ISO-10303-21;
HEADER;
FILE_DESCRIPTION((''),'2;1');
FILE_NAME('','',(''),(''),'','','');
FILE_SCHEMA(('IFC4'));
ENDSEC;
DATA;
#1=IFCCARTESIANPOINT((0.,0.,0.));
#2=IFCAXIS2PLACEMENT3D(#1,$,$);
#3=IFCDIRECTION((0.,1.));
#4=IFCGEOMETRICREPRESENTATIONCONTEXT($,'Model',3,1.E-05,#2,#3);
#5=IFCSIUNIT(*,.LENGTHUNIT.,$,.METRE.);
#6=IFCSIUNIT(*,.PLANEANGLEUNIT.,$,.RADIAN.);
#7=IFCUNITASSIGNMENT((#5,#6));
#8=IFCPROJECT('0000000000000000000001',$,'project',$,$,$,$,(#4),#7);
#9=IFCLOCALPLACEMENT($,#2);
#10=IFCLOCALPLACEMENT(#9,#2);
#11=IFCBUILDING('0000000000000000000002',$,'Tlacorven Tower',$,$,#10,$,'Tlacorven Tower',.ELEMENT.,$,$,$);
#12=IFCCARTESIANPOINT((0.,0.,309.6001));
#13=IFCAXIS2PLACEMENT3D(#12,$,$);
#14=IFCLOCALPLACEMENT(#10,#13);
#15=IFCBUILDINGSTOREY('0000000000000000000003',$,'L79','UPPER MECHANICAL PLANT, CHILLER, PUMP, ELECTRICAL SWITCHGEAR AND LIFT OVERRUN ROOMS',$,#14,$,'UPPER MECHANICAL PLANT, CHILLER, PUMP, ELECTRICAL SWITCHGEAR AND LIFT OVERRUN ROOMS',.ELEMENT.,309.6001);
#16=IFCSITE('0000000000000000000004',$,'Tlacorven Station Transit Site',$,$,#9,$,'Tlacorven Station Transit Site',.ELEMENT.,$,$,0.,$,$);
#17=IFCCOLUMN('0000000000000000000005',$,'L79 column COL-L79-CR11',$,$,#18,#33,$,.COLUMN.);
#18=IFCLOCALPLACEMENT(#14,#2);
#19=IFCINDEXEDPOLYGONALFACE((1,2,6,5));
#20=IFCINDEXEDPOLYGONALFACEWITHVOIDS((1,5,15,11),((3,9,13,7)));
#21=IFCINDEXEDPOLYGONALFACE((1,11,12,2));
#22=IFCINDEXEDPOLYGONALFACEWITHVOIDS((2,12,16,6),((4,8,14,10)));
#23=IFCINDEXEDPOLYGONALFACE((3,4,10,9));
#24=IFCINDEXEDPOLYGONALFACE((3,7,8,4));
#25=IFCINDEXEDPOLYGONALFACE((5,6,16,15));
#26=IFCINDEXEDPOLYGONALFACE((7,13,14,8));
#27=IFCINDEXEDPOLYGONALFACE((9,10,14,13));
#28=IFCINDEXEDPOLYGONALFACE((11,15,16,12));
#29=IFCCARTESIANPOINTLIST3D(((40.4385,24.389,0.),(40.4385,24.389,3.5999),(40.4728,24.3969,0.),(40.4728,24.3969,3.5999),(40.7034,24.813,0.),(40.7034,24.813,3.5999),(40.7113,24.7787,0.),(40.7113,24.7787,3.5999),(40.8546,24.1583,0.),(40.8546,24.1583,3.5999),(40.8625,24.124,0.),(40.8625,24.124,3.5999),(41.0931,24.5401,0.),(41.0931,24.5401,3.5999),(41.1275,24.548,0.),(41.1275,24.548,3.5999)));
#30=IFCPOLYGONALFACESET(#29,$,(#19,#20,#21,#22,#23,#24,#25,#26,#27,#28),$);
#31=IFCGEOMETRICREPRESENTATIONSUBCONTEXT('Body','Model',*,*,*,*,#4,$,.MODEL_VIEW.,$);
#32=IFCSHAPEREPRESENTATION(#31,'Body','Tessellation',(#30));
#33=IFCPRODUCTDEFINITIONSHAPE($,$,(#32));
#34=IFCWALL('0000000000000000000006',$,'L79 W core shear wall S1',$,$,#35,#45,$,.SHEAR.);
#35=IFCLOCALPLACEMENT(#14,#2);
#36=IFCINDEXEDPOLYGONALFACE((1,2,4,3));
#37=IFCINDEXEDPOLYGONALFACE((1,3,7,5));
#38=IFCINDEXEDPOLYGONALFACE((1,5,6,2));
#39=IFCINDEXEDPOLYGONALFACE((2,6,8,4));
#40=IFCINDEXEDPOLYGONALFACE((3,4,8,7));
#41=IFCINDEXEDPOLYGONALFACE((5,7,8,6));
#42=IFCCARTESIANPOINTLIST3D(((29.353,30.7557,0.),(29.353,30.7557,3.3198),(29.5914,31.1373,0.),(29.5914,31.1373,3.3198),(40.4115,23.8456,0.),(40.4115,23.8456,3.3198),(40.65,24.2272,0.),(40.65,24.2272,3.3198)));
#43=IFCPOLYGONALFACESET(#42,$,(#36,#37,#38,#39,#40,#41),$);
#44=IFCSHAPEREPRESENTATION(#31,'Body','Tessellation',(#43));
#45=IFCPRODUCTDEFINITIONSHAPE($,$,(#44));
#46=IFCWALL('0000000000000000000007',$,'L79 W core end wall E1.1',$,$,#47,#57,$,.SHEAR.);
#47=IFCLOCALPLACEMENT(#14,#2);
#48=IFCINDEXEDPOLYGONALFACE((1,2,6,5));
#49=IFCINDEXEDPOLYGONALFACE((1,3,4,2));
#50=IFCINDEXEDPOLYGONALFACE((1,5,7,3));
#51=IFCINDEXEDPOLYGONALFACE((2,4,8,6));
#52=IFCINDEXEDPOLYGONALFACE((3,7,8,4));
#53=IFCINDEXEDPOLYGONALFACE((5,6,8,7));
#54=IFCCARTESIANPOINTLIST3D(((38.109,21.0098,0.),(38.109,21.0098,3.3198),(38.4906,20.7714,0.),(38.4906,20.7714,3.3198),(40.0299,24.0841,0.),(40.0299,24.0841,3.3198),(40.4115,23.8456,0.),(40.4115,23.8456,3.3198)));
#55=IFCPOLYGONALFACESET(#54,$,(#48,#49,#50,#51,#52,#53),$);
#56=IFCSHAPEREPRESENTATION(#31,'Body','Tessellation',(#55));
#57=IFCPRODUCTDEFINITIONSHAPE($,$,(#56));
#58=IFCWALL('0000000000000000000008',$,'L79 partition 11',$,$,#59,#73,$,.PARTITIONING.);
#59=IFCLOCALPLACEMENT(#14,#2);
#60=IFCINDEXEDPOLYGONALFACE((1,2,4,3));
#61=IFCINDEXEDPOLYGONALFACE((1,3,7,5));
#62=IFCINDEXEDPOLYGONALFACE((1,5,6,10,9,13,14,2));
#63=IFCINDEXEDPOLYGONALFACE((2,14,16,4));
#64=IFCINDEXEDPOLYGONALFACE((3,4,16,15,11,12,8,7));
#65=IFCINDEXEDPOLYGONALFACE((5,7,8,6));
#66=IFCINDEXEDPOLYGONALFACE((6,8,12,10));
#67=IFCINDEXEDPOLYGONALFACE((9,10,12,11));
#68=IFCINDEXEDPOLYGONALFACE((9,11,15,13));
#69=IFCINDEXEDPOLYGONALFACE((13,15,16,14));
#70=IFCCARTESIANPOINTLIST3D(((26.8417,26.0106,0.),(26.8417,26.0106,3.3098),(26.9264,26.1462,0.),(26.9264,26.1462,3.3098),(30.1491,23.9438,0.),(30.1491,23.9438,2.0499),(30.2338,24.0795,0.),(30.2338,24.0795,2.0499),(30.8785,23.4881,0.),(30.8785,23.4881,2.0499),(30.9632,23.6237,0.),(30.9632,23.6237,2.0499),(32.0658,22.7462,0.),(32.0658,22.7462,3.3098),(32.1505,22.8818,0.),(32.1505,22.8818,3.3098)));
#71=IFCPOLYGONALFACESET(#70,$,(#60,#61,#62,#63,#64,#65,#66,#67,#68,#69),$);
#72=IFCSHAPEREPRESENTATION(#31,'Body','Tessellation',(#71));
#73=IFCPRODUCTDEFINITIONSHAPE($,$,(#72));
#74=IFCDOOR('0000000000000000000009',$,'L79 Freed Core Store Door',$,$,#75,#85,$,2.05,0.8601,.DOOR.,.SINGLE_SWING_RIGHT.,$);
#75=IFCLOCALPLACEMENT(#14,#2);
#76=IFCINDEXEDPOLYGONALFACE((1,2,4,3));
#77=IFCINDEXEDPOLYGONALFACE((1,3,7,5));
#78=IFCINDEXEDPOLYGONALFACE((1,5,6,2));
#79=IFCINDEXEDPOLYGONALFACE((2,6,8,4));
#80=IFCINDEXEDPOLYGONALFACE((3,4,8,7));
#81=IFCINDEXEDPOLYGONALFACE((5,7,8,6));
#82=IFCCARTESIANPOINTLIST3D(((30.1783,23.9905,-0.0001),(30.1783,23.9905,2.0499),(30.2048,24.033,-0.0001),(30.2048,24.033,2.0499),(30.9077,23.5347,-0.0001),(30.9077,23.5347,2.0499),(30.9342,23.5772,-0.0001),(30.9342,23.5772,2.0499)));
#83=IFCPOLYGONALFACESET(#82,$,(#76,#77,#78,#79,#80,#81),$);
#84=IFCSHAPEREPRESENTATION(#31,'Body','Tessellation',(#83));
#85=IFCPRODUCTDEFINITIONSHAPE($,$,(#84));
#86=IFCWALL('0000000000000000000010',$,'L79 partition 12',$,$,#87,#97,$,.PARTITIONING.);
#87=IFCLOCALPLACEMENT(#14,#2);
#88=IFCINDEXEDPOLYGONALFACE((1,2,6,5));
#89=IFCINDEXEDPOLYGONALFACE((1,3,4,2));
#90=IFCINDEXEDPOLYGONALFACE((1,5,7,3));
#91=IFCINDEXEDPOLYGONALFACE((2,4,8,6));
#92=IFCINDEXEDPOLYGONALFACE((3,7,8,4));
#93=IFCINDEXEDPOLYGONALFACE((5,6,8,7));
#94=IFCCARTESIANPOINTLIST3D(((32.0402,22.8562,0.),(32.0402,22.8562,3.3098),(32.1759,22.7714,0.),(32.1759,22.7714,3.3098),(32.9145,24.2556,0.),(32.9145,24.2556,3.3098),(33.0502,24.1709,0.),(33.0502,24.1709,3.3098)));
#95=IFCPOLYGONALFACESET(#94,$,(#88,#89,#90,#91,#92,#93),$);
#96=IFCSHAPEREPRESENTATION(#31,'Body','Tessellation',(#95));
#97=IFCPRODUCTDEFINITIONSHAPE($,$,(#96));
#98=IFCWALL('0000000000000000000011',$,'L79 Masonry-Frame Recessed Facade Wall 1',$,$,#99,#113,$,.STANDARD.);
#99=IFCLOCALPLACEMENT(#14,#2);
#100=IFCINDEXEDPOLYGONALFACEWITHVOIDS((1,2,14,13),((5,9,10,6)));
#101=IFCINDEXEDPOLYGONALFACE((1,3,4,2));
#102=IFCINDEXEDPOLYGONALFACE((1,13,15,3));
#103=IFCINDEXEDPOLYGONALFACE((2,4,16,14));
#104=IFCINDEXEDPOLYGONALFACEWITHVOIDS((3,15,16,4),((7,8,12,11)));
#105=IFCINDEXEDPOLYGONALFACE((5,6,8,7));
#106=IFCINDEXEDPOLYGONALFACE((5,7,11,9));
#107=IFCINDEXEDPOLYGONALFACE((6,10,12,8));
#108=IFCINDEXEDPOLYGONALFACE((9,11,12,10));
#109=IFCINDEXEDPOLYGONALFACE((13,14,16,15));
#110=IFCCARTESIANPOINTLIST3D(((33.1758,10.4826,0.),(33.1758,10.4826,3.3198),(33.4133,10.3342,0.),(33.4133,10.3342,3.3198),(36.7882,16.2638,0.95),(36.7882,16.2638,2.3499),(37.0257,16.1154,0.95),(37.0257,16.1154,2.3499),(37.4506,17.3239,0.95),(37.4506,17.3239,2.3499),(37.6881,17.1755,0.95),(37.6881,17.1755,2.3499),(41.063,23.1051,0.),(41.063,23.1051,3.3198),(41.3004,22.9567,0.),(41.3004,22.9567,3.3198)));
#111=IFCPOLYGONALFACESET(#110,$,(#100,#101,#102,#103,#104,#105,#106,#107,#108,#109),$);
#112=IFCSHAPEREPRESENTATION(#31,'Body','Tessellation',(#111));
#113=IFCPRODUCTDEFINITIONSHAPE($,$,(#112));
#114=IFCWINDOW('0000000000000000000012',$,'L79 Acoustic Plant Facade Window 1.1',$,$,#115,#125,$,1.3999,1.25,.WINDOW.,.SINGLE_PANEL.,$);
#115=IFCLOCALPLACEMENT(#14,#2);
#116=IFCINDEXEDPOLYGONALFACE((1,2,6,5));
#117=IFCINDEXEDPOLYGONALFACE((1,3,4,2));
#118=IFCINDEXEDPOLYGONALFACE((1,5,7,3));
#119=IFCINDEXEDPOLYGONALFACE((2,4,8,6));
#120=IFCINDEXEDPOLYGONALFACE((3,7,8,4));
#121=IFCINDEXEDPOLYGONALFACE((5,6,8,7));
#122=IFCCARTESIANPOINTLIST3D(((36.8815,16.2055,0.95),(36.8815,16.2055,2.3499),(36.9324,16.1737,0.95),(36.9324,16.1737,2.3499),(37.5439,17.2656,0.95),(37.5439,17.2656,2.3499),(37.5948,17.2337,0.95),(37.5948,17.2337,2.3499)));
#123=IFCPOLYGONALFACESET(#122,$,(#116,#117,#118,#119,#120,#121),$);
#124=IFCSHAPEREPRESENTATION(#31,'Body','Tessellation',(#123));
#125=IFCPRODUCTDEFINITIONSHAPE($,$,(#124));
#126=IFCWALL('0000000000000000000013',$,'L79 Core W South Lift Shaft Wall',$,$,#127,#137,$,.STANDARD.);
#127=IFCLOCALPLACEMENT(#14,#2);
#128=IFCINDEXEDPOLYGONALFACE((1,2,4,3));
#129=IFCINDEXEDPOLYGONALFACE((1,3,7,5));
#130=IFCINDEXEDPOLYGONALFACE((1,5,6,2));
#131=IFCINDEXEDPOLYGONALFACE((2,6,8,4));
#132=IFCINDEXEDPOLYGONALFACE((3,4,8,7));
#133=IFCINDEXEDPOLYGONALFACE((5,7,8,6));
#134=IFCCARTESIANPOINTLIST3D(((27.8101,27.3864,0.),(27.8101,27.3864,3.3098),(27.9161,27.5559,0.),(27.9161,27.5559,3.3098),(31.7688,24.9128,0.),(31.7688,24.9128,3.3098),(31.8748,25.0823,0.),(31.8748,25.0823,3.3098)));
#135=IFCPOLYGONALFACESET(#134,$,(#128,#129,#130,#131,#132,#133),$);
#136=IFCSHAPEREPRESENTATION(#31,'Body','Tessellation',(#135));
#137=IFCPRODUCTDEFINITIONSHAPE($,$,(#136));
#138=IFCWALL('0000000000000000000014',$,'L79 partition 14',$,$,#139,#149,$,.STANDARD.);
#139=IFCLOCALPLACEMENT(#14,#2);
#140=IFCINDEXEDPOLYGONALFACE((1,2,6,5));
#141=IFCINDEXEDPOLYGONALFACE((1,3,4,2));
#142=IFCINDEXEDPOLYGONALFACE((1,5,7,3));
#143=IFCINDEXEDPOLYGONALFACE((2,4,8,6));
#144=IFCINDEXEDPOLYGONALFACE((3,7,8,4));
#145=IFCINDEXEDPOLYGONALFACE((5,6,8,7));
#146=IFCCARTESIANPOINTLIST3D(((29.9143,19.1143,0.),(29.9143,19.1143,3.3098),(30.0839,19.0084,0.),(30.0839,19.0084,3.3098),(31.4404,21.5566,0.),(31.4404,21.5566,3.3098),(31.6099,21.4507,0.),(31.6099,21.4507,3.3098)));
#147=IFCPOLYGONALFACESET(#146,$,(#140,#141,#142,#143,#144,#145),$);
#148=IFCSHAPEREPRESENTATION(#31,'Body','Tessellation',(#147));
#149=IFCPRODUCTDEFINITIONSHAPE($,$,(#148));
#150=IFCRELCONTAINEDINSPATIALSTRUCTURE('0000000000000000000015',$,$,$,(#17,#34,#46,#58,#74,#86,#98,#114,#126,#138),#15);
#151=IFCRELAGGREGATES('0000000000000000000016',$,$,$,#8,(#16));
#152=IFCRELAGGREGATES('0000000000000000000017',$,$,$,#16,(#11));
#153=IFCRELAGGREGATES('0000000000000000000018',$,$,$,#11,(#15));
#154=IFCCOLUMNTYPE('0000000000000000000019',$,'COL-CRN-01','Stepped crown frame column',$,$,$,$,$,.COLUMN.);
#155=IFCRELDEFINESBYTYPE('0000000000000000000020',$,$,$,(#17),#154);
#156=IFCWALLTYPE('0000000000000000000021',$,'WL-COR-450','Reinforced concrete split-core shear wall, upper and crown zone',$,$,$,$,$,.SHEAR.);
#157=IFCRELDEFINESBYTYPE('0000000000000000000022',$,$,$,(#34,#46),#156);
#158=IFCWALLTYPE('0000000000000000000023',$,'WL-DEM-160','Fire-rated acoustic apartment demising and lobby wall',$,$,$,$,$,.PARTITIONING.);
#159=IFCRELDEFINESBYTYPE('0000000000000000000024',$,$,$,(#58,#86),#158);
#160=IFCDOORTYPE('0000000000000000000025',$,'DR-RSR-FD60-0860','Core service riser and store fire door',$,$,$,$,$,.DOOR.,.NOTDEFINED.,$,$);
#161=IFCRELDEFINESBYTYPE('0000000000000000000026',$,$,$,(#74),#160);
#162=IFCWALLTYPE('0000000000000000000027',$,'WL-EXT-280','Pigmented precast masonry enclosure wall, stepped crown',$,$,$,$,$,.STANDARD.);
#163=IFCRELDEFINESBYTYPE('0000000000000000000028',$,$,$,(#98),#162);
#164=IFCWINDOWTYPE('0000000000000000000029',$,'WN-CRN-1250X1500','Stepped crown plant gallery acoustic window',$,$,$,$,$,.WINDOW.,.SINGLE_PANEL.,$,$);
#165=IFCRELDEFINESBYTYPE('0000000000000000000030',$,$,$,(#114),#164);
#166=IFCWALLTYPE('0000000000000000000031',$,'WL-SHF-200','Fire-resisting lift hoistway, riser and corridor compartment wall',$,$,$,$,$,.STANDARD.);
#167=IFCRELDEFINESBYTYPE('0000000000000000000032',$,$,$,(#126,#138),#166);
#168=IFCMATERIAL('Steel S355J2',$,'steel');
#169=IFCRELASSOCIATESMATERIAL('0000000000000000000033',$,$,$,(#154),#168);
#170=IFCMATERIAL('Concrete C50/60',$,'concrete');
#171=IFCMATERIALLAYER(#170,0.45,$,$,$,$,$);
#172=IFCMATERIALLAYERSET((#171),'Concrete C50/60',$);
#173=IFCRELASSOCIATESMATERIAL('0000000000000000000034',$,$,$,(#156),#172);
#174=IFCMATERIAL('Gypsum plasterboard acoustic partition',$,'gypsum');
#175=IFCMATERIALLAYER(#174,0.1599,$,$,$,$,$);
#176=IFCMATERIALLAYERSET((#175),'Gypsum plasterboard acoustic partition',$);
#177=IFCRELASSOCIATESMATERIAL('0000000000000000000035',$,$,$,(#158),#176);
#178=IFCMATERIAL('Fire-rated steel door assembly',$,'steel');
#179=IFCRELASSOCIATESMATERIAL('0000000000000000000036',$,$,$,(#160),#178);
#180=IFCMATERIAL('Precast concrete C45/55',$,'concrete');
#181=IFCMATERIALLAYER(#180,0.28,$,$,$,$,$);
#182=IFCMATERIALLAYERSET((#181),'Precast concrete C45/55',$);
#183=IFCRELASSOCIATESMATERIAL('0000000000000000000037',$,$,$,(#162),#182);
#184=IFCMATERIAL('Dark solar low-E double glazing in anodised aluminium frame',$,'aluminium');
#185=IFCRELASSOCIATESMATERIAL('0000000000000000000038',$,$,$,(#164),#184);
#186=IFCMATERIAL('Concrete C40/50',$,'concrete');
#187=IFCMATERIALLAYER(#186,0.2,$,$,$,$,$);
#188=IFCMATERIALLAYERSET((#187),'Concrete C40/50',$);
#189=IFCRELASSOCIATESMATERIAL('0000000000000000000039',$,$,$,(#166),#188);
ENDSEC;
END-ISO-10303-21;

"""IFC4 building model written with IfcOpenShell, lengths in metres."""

from ifc_helpers import new_model, si_unit, direction, frame, frame_2d, origin, origin_2d, place, context, subcontext, project, spatial, rectangle, hollow_rectangle, extrude, source, transform, mapped, material, layer, layer_set, material_profile, profile_set, type_object, element, fill, save


model = new_model("IFC4")

# Units and contexts
model_context = context("Model", 3, precision=1e-05, world=origin(), true_north=direction((0.0, 1.0)))
body_context = subcontext(model_context, "Body", "Model", "MODEL_VIEW")
ifc_project = project(units=[si_unit("LENGTHUNIT", "METRE"), si_unit("PLANEANGLEUNIT", "RADIAN")], contexts=[model_context])

# Site, building, storey
site_placement = place(None, origin())
site = spatial("IfcSite", under=ifc_project, at=site_placement, Name="Tlacorven Station Transit Site", LongName="Tlacorven Station Transit Site", CompositionType="ELEMENT", RefElevation=0.0)
building_placement = place(site_placement, origin())
building = spatial("IfcBuilding", under=site, at=building_placement, Name="Tlacorven Tower", LongName="Tlacorven Tower", CompositionType="ELEMENT")
storey_placement = place(building_placement, frame((0.0, 0.0, 309.6001)))
storey = spatial("IfcBuildingStorey", under=building, at=storey_placement, Name="L79", Description="UPPER MECHANICAL PLANT, CHILLER, PUMP, ELECTRICAL SWITCHGEAR AND LIFT OVERRUN ROOMS", LongName="UPPER MECHANICAL PLANT, CHILLER, PUMP, ELECTRICAL SWITCHGEAR AND LIFT OVERRUN ROOMS", CompositionType="ELEMENT", Elevation=309.6001)

# Column
ifc_material_1 = material(Name="Steel S355J2", Category="steel")
ifc_material_profile = material_profile(ifc_material_1, hollow_rectangle(XDim=0.5, YDim=0.5, WallThickness=0.0249, at=origin_2d()), Name="BOX 500X500X25")
ifc_profile_set = profile_set([ifc_material_profile], Name="Steel S355J2")
column_type = type_object("IfcColumnType", Name="COL-CRN-01", Description="Stepped crown frame column", PredefinedType="COLUMN", material=ifc_profile_set)
shared_shape_1 = source(origin(), body_context, "Body", "SweptSolid", [
    extrude(hollow_rectangle(XDim=0.5, YDim=0.5, WallThickness=0.0249, at=origin_2d()), origin(), (0.0, 0.0, 1.0), 3.5999),
])
column_placement = place(storey_placement, frame((40.783, 24.4685, 0.0), z_axis=(0.0, 0.0, 1.0), x_axis=(-0.848048, 0.529919, 0.0)))
element("IfcColumn", 1, at=column_placement, inside=storey, type_object=column_type, Name="L79 column COL-L79-CR11", PredefinedType="COLUMN", context=body_context, shape_type="MappedRepresentation", body=[
    mapped(shared_shape_1, transform((0.0, 0.0, 0.0), scale=1.0)),
])

# Walls
ifc_material_2 = material(Name="Concrete C50/60", Category="concrete")
ifc_layer_1 = layer(ifc_material_2, 0.45)
ifc_layer_set_1 = layer_set([ifc_layer_1], Name="Concrete C50/60")
wall_type_1 = type_object("IfcWallType", Name="WL-COR-450", Description="Reinforced concrete split-core shear wall, upper and crown zone", PredefinedType="SHEAR", material=ifc_layer_set_1)
wall_1_placement = place(storey_placement, frame((40.5308, 24.0364, 0.0), z_axis=(0.0, 0.0, 1.0), x_axis=(-0.848049, 0.529918, 0.0)))
element("IfcWall", 2, at=wall_1_placement, inside=storey, type_object=wall_type_1, Name="L79 W core shear wall S1", PredefinedType="SHEAR", context=body_context, shape_type="SweptSolid", body=[
    extrude(rectangle(XDim=13.04, YDim=0.45, at=frame_2d((6.52, 0.0))), origin(), (0.0, 0.0, 1.0), 3.3198),
])
wall_2_placement = place(storey_placement, frame((40.2207, 23.9648, 0.0), z_axis=(0.0, 0.0, 1.0), x_axis=(-0.529902, -0.848059, 0.0)))
element("IfcWall", 3, at=wall_2_placement, inside=storey, type_object=wall_type_1, Name="L79 W core end wall E1.1", PredefinedType="SHEAR", context=body_context, shape_type="SweptSolid", body=[
    extrude(rectangle(XDim=3.625, YDim=0.45, at=frame_2d((1.8125, 0.0))), origin(), (0.0, 0.0, 1.0), 3.3198),
])

# Wall, opening, door
ifc_material_3 = material(Name="Gypsum plasterboard acoustic partition", Category="gypsum")
ifc_layer_2 = layer(ifc_material_3, 0.1599)
ifc_layer_set_2 = layer_set([ifc_layer_2], Name="Gypsum plasterboard acoustic partition")
wall_type_2 = type_object("IfcWallType", Name="WL-DEM-160", Description="Fire-rated acoustic apartment demising and lobby wall", PredefinedType="PARTITIONING", material=ifc_layer_set_2)
wall_3_placement = place(storey_placement, frame((32.1082, 22.814, 0.0), z_axis=(0.0, 0.0, 1.0), x_axis=(-0.848047, 0.529921, 0.0)))
wall_3 = element("IfcWall", 4, at=wall_3_placement, inside=storey, type_object=wall_type_2, Name="L79 partition 11", PredefinedType="PARTITIONING", context=body_context, shape_type="SweptSolid", body=[
    extrude(rectangle(XDim=6.1602, YDim=0.1599, at=frame_2d((3.0801, 0.0))), origin(), (0.0, 0.0, 1.0), 3.3098),
])
opening_1_placement = place(wall_3_placement, frame((1.3999, 0.0, 0.0)))
opening_1 = element("IfcOpeningElement", 5, at=opening_1_placement, cuts=wall_3, PredefinedType="OPENING", context=body_context, shape_type="SweptSolid", body=[
    extrude(rectangle(XDim=0.8601, YDim=2.05, at=frame_2d((0.4302, 1.0249))), frame((0.0, 0.0898, 0.0), z_axis=(0.0, -1.0, 0.0), x_axis=(1.0, 0.0, 0.0)), (0.0, 0.0, 1.0), 0.1799),
])
ifc_material_4 = material(Name="Fire-rated steel door assembly", Category="steel")
door_type_1 = type_object("IfcDoorType", Name="DR-RSR-FD60-0860", Description="Core service riser and store fire door", OperationType="NOTDEFINED", PredefinedType="DOOR", material=ifc_material_4)
shared_shape_2 = source(origin(), body_context, "Body", "SweptSolid", [
    extrude(rectangle(XDim=0.8601, YDim=2.05, at=frame_2d((0.4302, 1.0249))), frame((0.0, 0.0249, 0.0), z_axis=(0.0, -1.0, 0.0), x_axis=(1.0, 0.0, 0.0)), (0.0, 0.0, 1.0), 0.05),
])
door_1_placement = place(opening_1_placement, origin())
door_1 = element("IfcDoor", 6, at=door_1_placement, inside=storey, type_object=door_type_1, Name="L79 Freed Core Store Door", OperationType="SINGLE_SWING_RIGHT", OverallHeight=2.05, OverallWidth=0.8601, PredefinedType="DOOR", context=body_context, shape_type="MappedRepresentation", body=[
    mapped(shared_shape_2, transform((0.0, 0.0, 0.0), scale=1.0)),
])
fill(opening_1, door_1)

# Wall
wall_4_placement = place(storey_placement, frame((32.9824, 24.2134, 0.0), z_axis=(0.0, 0.0, 1.0), x_axis=(-0.529839, -0.848098, 0.0)))
element("IfcWall", 7, at=wall_4_placement, inside=storey, type_object=wall_type_2, Name="L79 partition 12", PredefinedType="PARTITIONING", context=body_context, shape_type="SweptSolid", body=[
    extrude(rectangle(XDim=1.6501, YDim=0.1599, at=frame_2d((0.8252, 0.0))), origin(), (0.0, 0.0, 1.0), 3.3098),
])

# Wall, opening, window
ifc_material_5 = material(Name="Precast concrete C45/55", Category="concrete")
ifc_layer_3 = layer(ifc_material_5, 0.28)
ifc_layer_set_3 = layer_set([ifc_layer_3], Name="Precast concrete C45/55")
wall_type_3 = type_object("IfcWallType", Name="WL-EXT-280", Description="Pigmented precast masonry enclosure wall, stepped crown", PredefinedType="STANDARD", material=ifc_layer_set_3)
wall_5_placement = place(storey_placement, frame((41.1816, 23.0308, 0.0), z_axis=(0.0, 0.0, 1.0), x_axis=(-0.529908, -0.848055, 0.0)))
wall_5 = element("IfcWall", 8, at=wall_5_placement, inside=storey, type_object=wall_type_3, Name="L79 Masonry-Frame Recessed Facade Wall 1", PredefinedType="STANDARD", context=body_context, shape_type="SweptSolid", body=[
    extrude(rectangle(XDim=14.884, YDim=0.28, at=frame_2d((7.4419, 0.0))), origin(), (0.0, 0.0, 1.0), 3.3198),
])
opening_2_placement = place(wall_5_placement, frame((6.8169, 0.0, 0.95)))
opening_2 = element("IfcOpeningElement", 9, at=opening_2_placement, cuts=wall_5, PredefinedType="OPENING", context=body_context, shape_type="SweptSolid", body=[
    extrude(rectangle(XDim=1.25, YDim=1.3999, at=frame_2d((0.625, 0.7))), frame((0.0, 0.1499, 0.0), z_axis=(0.0, -1.0, 0.0), x_axis=(1.0, 0.0, 0.0)), (0.0, 0.0, 1.0), 0.3),
])
ifc_material_6 = material(Name="Dark solar low-E double glazing in anodised aluminium frame", Category="aluminium")
window_type = type_object("IfcWindowType", Name="WN-CRN-1250X1500", Description="Stepped crown plant gallery acoustic window", PartitioningType="SINGLE_PANEL", PredefinedType="WINDOW", material=ifc_material_6)
shared_shape_3 = source(origin(), body_context, "Body", "SweptSolid", [
    extrude(rectangle(XDim=1.25, YDim=1.3999, at=frame_2d((0.625, 0.7))), frame((0.0, 0.03, 0.0), z_axis=(0.0, -1.0, 0.0), x_axis=(1.0, 0.0, 0.0)), (0.0, 0.0, 1.0), 0.0601),
])
window_placement = place(opening_2_placement, origin())
window = element("IfcWindow", 10, at=window_placement, inside=storey, type_object=window_type, Name="L79 Acoustic Plant Facade Window 1.1", OverallHeight=1.3999, OverallWidth=1.25, PartitioningType="SINGLE_PANEL", PredefinedType="WINDOW", context=body_context, shape_type="MappedRepresentation", body=[
    mapped(shared_shape_3, transform((0.0, 0.0, 0.0), scale=1.0)),
])
fill(opening_2, window)

# Walls
ifc_material_7 = material(Name="Concrete C40/50", Category="concrete")
ifc_layer_4 = layer(ifc_material_7, 0.2)
ifc_layer_set_4 = layer_set([ifc_layer_4], Name="Concrete C40/50")
wall_type_4 = type_object("IfcWallType", Name="WL-SHF-200", Description="Fire-resisting lift hoistway, riser and corridor compartment wall", PredefinedType="STANDARD", material=ifc_layer_set_4)
wall_6_placement = place(storey_placement, frame((31.8218, 24.9976, 0.0), z_axis=(0.0, 0.0, 1.0), x_axis=(-0.848054, 0.52991, 0.0)))
element("IfcWall", 11, at=wall_6_placement, inside=storey, type_object=wall_type_4, Name="L79 Core W South Lift Shaft Wall", PredefinedType="STANDARD", context=body_context, shape_type="SweptSolid", body=[
    extrude(rectangle(XDim=4.668, YDim=0.2, at=frame_2d((2.334, 0.0))), origin(), (0.0, 0.0, 1.0), 3.3098),
])
wall_7_placement = place(storey_placement, frame((31.5251, 21.5037, 0.0), z_axis=(0.0, 0.0, 1.0), x_axis=(-0.529907, -0.848055, 0.0)))
element("IfcWall", 12, at=wall_7_placement, inside=storey, type_object=wall_type_4, Name="L79 partition 14", PredefinedType="STANDARD", context=body_context, shape_type="SweptSolid", body=[
    extrude(rectangle(XDim=2.8799, YDim=0.2, at=frame_2d((1.4399, 0.0))), origin(), (0.0, 0.0, 1.0), 3.3098),
])

save(model, "model.ifc")
